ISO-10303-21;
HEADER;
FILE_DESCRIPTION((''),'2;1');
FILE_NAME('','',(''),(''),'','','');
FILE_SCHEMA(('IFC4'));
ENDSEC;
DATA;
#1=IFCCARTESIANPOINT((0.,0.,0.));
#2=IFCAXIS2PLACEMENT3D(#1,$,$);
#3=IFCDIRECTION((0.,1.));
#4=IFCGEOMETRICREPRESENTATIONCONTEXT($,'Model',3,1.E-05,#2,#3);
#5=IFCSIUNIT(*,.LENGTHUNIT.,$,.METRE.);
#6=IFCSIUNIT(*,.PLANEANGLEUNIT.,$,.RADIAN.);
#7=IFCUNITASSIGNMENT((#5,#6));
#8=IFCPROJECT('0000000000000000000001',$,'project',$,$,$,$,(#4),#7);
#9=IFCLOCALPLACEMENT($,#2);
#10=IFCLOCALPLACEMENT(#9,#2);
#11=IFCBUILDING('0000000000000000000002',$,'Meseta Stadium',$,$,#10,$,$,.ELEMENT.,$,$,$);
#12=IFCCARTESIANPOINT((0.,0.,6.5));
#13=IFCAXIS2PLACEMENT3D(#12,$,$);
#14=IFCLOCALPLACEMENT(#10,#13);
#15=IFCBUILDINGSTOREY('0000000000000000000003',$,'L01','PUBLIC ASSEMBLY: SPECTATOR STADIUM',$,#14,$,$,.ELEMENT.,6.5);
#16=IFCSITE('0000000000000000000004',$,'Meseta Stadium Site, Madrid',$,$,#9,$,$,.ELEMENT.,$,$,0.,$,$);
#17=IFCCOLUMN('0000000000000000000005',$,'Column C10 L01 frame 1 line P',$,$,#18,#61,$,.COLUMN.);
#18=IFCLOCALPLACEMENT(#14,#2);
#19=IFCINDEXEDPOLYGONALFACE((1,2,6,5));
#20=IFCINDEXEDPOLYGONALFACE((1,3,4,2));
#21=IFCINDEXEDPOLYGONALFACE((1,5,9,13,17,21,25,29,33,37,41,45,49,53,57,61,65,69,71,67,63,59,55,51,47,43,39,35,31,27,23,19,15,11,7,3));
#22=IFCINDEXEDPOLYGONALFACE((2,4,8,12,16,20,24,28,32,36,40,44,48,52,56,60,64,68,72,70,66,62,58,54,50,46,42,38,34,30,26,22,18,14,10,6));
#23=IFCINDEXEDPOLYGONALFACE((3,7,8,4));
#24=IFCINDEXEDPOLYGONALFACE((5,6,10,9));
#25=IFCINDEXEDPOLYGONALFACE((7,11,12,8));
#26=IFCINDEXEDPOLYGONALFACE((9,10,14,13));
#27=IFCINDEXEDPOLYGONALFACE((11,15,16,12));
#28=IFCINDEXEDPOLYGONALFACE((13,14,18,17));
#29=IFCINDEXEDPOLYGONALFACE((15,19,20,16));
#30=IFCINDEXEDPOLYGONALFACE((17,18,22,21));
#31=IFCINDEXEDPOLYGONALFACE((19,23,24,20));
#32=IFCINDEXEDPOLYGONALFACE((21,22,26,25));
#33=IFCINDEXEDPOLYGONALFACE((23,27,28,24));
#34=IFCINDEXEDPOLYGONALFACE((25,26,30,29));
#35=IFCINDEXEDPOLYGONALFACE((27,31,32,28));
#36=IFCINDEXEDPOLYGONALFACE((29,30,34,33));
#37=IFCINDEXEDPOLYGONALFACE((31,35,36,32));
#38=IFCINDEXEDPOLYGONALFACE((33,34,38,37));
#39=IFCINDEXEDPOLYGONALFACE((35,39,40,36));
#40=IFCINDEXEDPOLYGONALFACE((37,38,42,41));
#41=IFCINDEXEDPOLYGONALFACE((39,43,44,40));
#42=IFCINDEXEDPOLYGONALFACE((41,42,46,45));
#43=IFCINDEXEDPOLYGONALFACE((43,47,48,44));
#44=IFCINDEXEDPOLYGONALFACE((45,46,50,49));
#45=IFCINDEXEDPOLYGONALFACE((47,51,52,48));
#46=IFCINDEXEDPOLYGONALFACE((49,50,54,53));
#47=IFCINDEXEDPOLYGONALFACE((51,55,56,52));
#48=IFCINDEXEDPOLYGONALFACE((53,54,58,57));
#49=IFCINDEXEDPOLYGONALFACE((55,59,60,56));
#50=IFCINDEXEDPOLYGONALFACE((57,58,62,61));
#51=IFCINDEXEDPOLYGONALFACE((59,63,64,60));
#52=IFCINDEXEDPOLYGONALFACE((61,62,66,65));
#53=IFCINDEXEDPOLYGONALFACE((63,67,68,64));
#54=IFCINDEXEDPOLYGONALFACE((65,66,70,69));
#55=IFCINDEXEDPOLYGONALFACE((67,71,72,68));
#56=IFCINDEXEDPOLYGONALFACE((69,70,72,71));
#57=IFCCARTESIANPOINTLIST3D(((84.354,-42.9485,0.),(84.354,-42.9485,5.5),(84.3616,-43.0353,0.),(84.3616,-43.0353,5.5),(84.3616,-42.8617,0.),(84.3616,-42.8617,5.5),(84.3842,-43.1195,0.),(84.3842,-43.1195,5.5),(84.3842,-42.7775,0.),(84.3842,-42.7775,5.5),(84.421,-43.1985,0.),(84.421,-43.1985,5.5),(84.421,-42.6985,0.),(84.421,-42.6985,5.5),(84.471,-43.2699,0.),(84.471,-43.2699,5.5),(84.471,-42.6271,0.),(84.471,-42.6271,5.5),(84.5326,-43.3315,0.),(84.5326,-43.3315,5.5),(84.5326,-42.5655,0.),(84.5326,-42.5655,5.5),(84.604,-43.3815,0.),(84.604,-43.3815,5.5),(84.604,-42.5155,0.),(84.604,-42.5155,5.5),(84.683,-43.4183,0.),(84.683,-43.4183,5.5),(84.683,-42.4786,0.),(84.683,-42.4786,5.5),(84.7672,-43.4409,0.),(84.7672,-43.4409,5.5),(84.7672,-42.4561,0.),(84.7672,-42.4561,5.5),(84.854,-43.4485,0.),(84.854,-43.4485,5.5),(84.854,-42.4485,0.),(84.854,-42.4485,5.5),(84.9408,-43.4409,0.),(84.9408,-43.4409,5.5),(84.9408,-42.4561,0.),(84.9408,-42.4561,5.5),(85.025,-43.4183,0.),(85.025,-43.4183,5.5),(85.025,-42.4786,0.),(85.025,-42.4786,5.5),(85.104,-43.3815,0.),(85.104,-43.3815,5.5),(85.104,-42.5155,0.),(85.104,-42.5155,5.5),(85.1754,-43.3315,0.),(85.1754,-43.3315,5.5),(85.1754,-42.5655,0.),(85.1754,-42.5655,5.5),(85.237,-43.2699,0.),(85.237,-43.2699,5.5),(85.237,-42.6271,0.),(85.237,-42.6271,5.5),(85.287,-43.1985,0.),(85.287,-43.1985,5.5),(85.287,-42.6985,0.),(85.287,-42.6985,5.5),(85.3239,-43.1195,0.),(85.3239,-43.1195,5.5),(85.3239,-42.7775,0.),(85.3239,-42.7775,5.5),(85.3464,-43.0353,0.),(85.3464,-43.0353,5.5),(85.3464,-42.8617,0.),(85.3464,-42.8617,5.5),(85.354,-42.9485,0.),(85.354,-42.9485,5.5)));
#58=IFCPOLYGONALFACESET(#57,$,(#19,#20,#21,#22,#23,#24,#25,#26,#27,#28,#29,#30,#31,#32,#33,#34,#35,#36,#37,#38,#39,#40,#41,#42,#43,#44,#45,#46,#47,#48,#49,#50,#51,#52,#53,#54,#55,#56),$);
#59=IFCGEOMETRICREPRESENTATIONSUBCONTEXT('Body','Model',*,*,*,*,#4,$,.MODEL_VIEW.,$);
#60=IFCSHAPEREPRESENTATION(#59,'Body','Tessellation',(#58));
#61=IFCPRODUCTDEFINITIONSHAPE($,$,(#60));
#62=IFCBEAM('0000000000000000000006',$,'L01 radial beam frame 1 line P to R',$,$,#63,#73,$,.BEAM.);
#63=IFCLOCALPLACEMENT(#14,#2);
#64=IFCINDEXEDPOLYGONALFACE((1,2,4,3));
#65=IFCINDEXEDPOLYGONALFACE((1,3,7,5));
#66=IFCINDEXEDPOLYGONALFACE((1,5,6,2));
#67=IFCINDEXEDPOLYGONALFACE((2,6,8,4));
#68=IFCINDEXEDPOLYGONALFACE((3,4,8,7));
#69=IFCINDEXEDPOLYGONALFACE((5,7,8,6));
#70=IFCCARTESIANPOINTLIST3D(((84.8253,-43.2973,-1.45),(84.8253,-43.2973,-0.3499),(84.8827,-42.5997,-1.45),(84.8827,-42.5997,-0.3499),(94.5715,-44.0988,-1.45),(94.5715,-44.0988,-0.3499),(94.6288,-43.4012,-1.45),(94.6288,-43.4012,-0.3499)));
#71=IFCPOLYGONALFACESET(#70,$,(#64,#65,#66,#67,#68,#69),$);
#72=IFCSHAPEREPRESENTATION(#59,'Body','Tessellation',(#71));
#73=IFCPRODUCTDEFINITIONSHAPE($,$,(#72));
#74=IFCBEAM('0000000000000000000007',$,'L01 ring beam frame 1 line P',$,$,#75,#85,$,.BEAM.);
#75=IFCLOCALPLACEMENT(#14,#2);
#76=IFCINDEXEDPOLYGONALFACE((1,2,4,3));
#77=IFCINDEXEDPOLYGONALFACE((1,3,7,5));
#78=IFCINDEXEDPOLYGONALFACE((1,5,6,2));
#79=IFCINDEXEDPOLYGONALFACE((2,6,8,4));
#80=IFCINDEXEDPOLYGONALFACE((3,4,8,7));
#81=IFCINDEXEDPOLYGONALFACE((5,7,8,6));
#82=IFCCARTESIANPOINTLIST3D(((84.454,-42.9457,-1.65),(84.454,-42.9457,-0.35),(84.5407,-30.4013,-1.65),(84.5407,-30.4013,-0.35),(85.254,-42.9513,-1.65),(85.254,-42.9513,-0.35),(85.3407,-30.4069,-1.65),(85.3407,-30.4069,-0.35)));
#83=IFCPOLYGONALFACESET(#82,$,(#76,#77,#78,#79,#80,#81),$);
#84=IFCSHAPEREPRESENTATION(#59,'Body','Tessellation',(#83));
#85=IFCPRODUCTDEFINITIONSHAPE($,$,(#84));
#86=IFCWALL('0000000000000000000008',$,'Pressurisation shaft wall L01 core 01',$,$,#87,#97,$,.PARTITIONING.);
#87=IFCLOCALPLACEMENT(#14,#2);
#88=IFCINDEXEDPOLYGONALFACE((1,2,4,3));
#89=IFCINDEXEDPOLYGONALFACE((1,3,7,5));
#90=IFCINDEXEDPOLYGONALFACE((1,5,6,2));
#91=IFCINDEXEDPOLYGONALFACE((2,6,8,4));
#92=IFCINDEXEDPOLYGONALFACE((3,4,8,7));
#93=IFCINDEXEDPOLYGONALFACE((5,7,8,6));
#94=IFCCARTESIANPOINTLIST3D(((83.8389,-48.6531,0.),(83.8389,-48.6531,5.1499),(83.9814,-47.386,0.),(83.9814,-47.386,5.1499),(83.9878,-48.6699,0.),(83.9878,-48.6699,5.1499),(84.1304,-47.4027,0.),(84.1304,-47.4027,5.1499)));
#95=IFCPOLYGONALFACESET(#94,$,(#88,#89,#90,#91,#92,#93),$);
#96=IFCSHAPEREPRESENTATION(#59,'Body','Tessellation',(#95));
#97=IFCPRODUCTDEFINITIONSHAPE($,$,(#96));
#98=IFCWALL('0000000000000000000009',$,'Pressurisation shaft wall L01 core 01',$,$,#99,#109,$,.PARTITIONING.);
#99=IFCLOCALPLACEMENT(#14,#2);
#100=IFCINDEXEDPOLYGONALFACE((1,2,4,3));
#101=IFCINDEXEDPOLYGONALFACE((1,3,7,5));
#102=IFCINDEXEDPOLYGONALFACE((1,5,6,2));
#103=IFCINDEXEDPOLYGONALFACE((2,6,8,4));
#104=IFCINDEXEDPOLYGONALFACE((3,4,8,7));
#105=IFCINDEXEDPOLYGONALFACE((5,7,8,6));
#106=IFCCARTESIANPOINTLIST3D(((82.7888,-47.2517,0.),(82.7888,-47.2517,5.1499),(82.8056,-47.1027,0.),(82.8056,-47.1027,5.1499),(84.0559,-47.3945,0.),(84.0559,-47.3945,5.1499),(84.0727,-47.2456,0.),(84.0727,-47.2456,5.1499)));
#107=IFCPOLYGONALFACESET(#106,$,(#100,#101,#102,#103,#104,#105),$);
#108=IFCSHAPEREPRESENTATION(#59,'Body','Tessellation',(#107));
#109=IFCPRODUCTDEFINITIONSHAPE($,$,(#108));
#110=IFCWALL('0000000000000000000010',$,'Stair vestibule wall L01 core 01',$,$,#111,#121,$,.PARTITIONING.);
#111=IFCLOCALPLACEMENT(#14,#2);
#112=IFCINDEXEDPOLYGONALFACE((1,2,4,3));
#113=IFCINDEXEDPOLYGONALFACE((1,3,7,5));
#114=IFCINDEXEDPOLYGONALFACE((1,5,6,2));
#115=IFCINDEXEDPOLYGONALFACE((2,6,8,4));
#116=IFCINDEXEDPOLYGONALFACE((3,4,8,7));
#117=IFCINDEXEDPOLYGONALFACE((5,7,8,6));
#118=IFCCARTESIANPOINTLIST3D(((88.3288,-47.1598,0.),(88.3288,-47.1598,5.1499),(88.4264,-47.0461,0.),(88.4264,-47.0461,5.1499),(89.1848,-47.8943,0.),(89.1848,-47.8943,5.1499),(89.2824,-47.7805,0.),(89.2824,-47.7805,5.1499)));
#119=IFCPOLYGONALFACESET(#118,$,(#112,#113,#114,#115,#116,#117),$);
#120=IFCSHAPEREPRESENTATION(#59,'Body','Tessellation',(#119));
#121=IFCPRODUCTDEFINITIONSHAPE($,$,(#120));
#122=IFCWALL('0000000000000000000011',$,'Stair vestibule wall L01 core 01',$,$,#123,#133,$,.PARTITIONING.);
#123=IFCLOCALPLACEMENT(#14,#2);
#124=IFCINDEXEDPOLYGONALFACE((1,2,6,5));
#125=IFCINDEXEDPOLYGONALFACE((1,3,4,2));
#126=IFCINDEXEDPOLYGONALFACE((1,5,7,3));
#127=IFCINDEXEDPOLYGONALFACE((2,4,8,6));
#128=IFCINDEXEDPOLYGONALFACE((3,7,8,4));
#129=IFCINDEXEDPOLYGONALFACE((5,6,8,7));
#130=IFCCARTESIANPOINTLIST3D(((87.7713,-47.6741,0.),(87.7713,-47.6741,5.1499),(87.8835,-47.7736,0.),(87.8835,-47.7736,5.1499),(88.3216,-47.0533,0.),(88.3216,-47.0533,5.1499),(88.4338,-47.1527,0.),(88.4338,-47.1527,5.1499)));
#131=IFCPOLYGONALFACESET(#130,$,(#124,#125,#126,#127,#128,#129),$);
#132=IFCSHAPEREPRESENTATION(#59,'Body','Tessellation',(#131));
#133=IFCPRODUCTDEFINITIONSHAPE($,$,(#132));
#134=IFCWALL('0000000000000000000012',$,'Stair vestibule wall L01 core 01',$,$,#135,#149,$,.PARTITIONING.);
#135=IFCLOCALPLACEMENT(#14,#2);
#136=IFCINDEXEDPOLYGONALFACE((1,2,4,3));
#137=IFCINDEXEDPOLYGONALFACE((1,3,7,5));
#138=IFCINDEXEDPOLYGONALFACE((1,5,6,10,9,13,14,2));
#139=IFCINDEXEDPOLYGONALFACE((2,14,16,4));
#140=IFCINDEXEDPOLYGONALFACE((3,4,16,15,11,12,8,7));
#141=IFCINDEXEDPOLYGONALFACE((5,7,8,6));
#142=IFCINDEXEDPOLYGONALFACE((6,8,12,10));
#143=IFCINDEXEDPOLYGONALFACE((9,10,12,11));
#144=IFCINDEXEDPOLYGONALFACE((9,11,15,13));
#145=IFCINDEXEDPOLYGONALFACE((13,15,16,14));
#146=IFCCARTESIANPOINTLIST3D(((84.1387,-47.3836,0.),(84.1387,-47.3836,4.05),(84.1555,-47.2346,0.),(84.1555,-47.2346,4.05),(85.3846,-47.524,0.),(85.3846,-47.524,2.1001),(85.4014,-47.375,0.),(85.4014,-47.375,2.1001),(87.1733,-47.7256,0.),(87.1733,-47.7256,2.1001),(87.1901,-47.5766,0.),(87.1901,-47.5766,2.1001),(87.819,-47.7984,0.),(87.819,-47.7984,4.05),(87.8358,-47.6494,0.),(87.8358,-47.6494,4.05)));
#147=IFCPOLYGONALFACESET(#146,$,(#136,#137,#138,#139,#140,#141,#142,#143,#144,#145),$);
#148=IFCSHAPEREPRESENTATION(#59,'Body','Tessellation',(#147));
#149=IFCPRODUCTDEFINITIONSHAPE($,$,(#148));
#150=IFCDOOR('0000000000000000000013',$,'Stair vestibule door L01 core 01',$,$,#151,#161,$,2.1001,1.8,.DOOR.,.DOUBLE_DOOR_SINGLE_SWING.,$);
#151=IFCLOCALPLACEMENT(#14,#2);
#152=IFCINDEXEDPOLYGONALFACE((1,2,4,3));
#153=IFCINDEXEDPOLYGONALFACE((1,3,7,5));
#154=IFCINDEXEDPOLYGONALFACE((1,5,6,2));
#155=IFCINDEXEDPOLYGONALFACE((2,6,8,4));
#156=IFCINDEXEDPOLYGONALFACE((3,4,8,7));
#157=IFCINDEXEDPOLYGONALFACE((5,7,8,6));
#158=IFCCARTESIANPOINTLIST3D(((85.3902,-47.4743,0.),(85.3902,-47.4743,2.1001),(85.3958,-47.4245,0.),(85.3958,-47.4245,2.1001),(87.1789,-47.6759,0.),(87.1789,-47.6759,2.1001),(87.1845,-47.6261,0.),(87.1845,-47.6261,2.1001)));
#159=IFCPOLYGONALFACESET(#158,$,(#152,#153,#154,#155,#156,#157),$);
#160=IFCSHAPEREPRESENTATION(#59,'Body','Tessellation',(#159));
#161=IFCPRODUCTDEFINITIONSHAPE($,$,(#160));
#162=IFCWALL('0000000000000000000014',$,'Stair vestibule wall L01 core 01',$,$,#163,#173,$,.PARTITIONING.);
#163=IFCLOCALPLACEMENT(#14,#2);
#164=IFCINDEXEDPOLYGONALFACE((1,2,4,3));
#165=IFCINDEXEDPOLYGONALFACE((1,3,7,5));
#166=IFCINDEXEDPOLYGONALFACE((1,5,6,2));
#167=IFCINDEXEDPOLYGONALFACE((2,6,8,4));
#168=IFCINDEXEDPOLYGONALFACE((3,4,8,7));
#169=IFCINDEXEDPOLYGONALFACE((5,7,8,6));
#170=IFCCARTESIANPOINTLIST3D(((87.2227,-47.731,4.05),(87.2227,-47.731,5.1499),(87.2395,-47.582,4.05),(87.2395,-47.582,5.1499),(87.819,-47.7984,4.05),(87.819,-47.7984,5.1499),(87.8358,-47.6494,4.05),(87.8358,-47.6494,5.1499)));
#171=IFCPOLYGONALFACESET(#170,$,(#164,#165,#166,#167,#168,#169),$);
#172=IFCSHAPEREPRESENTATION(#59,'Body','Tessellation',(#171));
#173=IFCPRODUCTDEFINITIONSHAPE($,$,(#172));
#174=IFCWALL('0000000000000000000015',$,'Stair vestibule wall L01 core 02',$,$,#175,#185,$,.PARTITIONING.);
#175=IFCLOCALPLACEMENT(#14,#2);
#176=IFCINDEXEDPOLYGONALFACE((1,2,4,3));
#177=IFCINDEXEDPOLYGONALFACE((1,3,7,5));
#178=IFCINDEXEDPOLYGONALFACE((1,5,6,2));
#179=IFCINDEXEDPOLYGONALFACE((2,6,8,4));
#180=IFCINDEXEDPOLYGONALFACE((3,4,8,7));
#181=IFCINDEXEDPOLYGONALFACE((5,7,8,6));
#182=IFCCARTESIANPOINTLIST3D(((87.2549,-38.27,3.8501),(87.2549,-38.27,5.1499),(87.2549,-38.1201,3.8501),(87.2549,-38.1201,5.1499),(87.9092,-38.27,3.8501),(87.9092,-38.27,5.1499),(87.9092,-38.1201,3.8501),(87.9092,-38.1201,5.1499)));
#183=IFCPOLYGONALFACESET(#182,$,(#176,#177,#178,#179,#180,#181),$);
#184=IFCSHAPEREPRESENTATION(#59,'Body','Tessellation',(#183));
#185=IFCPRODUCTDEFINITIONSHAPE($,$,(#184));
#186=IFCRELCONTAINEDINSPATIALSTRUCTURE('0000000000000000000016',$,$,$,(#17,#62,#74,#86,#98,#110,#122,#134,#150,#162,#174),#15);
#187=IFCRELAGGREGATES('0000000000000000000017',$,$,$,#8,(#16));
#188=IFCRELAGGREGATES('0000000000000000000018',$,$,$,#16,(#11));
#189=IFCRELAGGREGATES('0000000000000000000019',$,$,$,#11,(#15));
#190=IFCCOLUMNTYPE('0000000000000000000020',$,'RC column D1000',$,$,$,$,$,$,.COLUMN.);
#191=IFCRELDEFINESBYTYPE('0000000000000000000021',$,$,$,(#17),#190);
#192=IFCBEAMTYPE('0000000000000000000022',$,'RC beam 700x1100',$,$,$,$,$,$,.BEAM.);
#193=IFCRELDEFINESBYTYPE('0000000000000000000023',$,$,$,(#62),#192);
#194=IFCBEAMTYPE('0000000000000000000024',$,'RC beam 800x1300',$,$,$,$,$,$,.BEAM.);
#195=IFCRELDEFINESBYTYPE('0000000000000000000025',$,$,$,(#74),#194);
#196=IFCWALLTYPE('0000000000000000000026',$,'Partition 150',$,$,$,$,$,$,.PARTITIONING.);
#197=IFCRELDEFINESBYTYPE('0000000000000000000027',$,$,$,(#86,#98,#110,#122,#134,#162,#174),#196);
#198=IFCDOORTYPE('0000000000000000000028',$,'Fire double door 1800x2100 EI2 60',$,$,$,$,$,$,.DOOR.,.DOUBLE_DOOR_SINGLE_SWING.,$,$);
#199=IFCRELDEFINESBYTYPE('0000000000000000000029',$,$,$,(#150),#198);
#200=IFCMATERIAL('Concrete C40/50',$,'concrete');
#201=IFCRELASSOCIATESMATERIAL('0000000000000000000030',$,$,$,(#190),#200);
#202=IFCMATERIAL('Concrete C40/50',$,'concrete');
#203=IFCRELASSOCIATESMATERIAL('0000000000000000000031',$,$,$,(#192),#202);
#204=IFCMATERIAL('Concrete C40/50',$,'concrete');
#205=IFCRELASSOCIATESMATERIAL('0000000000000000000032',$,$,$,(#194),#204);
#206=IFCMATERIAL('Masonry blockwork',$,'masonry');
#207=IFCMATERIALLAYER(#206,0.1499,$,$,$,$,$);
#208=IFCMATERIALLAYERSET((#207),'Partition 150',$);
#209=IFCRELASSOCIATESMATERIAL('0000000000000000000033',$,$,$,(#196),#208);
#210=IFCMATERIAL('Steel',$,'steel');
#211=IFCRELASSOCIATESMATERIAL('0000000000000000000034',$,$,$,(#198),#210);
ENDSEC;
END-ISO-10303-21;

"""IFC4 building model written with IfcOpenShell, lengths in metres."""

from ifc_helpers import new_model, si_unit, direction, frame, frame_2d, origin, origin_2d, place, context, subcontext, project, spatial, rectangle, circle, extrude, material, layer, layer_set, material_profile, profile_set, type_object, element, fill, save


model = new_model("IFC4")

# Units and contexts
model_context = context("Model", 3, precision=1e-05, world=origin(), true_north=direction((0.0, 1.0)))
body_context = subcontext(model_context, "Body", "Model", "MODEL_VIEW")
ifc_project = project(units=[si_unit("LENGTHUNIT", "METRE"), si_unit("PLANEANGLEUNIT", "RADIAN")], contexts=[model_context])

# Site, building, storey
site_placement = place(None, origin())
site = spatial("IfcSite", under=ifc_project, at=site_placement, Name="Meseta Stadium Site, Madrid", CompositionType="ELEMENT", RefElevation=0.0)
building_placement = place(site_placement, origin())
building = spatial("IfcBuilding", under=site, at=building_placement, Name="Meseta Stadium", CompositionType="ELEMENT")
storey_placement = place(building_placement, frame((0.0, 0.0, 6.5)))
storey = spatial("IfcBuildingStorey", under=building, at=storey_placement, Name="L01", Description="PUBLIC ASSEMBLY: SPECTATOR STADIUM", CompositionType="ELEMENT", Elevation=6.5)

# Column
ifc_material_1 = material(Name="Concrete C40/50", Category="concrete")
ifc_material_profile_1 = material_profile(ifc_material_1, circle(Radius=0.5, at=origin_2d()), Name="RC D1000")
ifc_profile_set_1 = profile_set([ifc_material_profile_1], Name="Concrete C40/50")
column_type = type_object("IfcColumnType", Name="RC column D1000", PredefinedType="COLUMN", material=ifc_profile_set_1)
column_placement = place(storey_placement, frame((84.854, -42.9485, 0.0), z_axis=(0.0, 0.0, 1.0), x_axis=(1.0, 0.0, 0.0)))
element("IfcColumn", 1, at=column_placement, inside=storey, type_object=column_type, Name="Column C10 L01 frame 1 line P", PredefinedType="COLUMN", context=body_context, shape_type="SweptSolid", body=[
    extrude(circle(Radius=0.5, at=origin_2d()), origin(), (0.0, 0.0, 1.0), 5.5),
])

# Beams
ifc_material_2 = material(Name="Concrete C40/50", Category="concrete")
ifc_material_profile_2 = material_profile(ifc_material_2, rectangle(XDim=0.7, YDim=1.1001, at=origin_2d()), Name="RC 700x1100")
ifc_profile_set_2 = profile_set([ifc_material_profile_2], Name="Concrete C40/50")
beam_type_1 = type_object("IfcBeamType", Name="RC beam 700x1100", PredefinedType="BEAM", material=ifc_profile_set_2)
beam_1_placement = place(storey_placement, frame((84.854, -42.9485, -0.8999), z_axis=(0.996635, -0.081963, 0.0), x_axis=(0.081963, 0.996635, 0.0)))
element("IfcBeam", 2, at=beam_1_placement, inside=storey, type_object=beam_type_1, Name="L01 radial beam frame 1 line P to R", PredefinedType="BEAM", context=body_context, shape_type="SweptSolid", body=[
    extrude(rectangle(XDim=0.7, YDim=1.1001, at=origin_2d()), origin(), (0.0, 0.0, 1.0), 9.7791),
])
ifc_material_3 = material(Name="Concrete C40/50", Category="concrete")
ifc_material_profile_3 = material_profile(ifc_material_3, rectangle(XDim=0.8, YDim=1.3, at=origin_2d()), Name="RC 800x1300")
ifc_profile_set_3 = profile_set([ifc_material_profile_3], Name="Concrete C40/50")
beam_type_2 = type_object("IfcBeamType", Name="RC beam 800x1300", PredefinedType="BEAM", material=ifc_profile_set_3)
beam_2_placement = place(storey_placement, frame((84.854, -42.9485, -1.0), z_axis=(0.006909, 0.999976, 0.0), x_axis=(-0.999976, 0.006909, 0.0)))
element("IfcBeam", 3, at=beam_2_placement, inside=storey, type_object=beam_type_2, Name="L01 ring beam frame 1 line P", PredefinedType="BEAM", context=body_context, shape_type="SweptSolid", body=[
    extrude(rectangle(XDim=0.8, YDim=1.3, at=origin_2d()), origin(), (0.0, 0.0, 1.0), 12.5447),
])

# Walls
ifc_material_4 = material(Name="Masonry blockwork", Category="masonry")
ifc_layer = layer(ifc_material_4, 0.1499)
ifc_layer_set = layer_set([ifc_layer], Name="Partition 150")
wall_type = type_object("IfcWallType", Name="Partition 150", PredefinedType="PARTITIONING", material=ifc_layer_set)
for number, where, z_axis, x_axis, name in (
    (4, (83.9133, -48.6616, 0.0), (0.0, 0.0, 1.0), (0.111818, 0.993729, 0.0), "Pressurisation shaft wall L01 core 01"),
    (5, (84.0645, -47.3201, 0.0), (0.0, 0.0, 1.0), (-0.993707, 0.112007, 0.0), "Pressurisation shaft wall L01 core 01"),
):
    element("IfcWall", number, at=place(storey_placement, frame(where, z_axis=z_axis, x_axis=x_axis)), inside=storey, type_object=wall_type, Name=name, PredefinedType="PARTITIONING", context=body_context, shape_type="SweptSolid", body=[
        extrude(rectangle(XDim=1.2751, YDim=0.1499, at=frame_2d((0.6377, 0.0))), origin(), (0.0, 0.0, 1.0), 5.1499),
    ])
wall_1_placement = place(storey_placement, frame((89.2336, -47.8374, 0.0), z_axis=(0.0, 0.0, 1.0), x_axis=(-0.758951, 0.651148, 0.0)))
element("IfcWall", 6, at=wall_1_placement, inside=storey, type_object=wall_type, Name="Stair vestibule wall L01 core 01", PredefinedType="PARTITIONING", context=body_context, shape_type="SweptSolid", body=[
    extrude(rectangle(XDim=1.1279, YDim=0.1499, at=frame_2d((0.564, 0.0))), origin(), (0.0, 0.0, 1.0), 5.1499),
])
wall_2_placement = place(storey_placement, frame((88.3777, -47.103, 0.0), z_axis=(0.0, 0.0, 1.0), x_axis=(-0.663304, -0.74835, 0.0)))
element("IfcWall", 7, at=wall_2_placement, inside=storey, type_object=wall_type, Name="Stair vestibule wall L01 core 01", PredefinedType="PARTITIONING", context=body_context, shape_type="SweptSolid", body=[
    extrude(rectangle(XDim=0.8296, YDim=0.1499, at=frame_2d((0.4148, 0.0))), origin(), (0.0, 0.0, 1.0), 5.1499),
])

# Wall, opening, door
wall_3_placement = place(storey_placement, frame((87.8274, -47.7239, 0.0), z_axis=(0.0, 0.0, 1.0), x_axis=(-0.993709, 0.111994, 0.0)))
wall_3 = element("IfcWall", 8, at=wall_3_placement, inside=storey, type_object=wall_type, Name="Stair vestibule wall L01 core 01", PredefinedType="PARTITIONING", context=body_context, shape_type="SweptSolid", body=[
    extrude(rectangle(XDim=3.7036, YDim=0.1499, at=frame_2d((1.8518, 0.0))), origin(), (0.0, 0.0, 1.0), 4.05),
])
opening_placement = place(wall_3_placement, frame((0.6499, 0.0, 0.0)))
opening = element("IfcOpeningElement", 9, at=opening_placement, cuts=wall_3, PredefinedType="OPENING", context=body_context, shape_type="SweptSolid", body=[
    extrude(rectangle(XDim=1.8, YDim=2.1001, at=frame_2d((0.8999, 1.05))), frame((0.0, 0.085, 0.0), z_axis=(0.0, -1.0, 0.0), x_axis=(1.0, 0.0, 0.0)), (0.0, 0.0, 1.0), 0.1699),
])
ifc_material_5 = material(Name="Steel", Category="steel")
door_type = type_object("IfcDoorType", Name="Fire double door 1800x2100 EI2 60", OperationType="DOUBLE_DOOR_SINGLE_SWING", PredefinedType="DOOR", material=ifc_material_5)
door_placement = place(opening_placement, origin())
door = element("IfcDoor", 10, at=door_placement, inside=storey, type_object=door_type, Name="Stair vestibule door L01 core 01", OperationType="DOUBLE_DOOR_SINGLE_SWING", OverallHeight=2.1001, OverallWidth=1.8, PredefinedType="DOOR", context=body_context, shape_type="SweptSolid", body=[
    extrude(rectangle(XDim=1.8, YDim=2.1001, at=frame_2d((0.8999, 1.05))), frame((0.0, 0.0249, 0.0), z_axis=(0.0, -1.0, 0.0), x_axis=(1.0, 0.0, 0.0)), (0.0, 0.0, 1.0), 0.05),
])
fill(opening, door)

# Walls
wall_4_placement = place(storey_placement, frame((87.8274, -47.7239, 4.05), z_axis=(0.0, 0.0, 1.0), x_axis=(-0.993674, 0.112307, 0.0)))
element("IfcWall", 11, at=wall_4_placement, inside=storey, type_object=wall_type, Name="Stair vestibule wall L01 core 01", PredefinedType="PARTITIONING", context=body_context, shape_type="SweptSolid", body=[
    extrude(rectangle(XDim=0.6001, YDim=0.1499, at=frame_2d((0.3, 0.0))), origin(), (0.0, 0.0, 1.0), 1.0999),
])
wall_5_placement = place(storey_placement, frame((87.2549, -38.1951, 3.8501), z_axis=(0.0, 0.0, 1.0), x_axis=(1.0, 0.0, 0.0)))
element("IfcWall", 12, at=wall_5_placement, inside=storey, type_object=wall_type, Name="Stair vestibule wall L01 core 02", PredefinedType="PARTITIONING", context=body_context, shape_type="SweptSolid", body=[
    extrude(rectangle(XDim=0.6543, YDim=0.1499, at=frame_2d((0.3271, 0.0))), origin(), (0.0, 0.0, 1.0), 1.2998),
])

save(model, "model.ifc")
